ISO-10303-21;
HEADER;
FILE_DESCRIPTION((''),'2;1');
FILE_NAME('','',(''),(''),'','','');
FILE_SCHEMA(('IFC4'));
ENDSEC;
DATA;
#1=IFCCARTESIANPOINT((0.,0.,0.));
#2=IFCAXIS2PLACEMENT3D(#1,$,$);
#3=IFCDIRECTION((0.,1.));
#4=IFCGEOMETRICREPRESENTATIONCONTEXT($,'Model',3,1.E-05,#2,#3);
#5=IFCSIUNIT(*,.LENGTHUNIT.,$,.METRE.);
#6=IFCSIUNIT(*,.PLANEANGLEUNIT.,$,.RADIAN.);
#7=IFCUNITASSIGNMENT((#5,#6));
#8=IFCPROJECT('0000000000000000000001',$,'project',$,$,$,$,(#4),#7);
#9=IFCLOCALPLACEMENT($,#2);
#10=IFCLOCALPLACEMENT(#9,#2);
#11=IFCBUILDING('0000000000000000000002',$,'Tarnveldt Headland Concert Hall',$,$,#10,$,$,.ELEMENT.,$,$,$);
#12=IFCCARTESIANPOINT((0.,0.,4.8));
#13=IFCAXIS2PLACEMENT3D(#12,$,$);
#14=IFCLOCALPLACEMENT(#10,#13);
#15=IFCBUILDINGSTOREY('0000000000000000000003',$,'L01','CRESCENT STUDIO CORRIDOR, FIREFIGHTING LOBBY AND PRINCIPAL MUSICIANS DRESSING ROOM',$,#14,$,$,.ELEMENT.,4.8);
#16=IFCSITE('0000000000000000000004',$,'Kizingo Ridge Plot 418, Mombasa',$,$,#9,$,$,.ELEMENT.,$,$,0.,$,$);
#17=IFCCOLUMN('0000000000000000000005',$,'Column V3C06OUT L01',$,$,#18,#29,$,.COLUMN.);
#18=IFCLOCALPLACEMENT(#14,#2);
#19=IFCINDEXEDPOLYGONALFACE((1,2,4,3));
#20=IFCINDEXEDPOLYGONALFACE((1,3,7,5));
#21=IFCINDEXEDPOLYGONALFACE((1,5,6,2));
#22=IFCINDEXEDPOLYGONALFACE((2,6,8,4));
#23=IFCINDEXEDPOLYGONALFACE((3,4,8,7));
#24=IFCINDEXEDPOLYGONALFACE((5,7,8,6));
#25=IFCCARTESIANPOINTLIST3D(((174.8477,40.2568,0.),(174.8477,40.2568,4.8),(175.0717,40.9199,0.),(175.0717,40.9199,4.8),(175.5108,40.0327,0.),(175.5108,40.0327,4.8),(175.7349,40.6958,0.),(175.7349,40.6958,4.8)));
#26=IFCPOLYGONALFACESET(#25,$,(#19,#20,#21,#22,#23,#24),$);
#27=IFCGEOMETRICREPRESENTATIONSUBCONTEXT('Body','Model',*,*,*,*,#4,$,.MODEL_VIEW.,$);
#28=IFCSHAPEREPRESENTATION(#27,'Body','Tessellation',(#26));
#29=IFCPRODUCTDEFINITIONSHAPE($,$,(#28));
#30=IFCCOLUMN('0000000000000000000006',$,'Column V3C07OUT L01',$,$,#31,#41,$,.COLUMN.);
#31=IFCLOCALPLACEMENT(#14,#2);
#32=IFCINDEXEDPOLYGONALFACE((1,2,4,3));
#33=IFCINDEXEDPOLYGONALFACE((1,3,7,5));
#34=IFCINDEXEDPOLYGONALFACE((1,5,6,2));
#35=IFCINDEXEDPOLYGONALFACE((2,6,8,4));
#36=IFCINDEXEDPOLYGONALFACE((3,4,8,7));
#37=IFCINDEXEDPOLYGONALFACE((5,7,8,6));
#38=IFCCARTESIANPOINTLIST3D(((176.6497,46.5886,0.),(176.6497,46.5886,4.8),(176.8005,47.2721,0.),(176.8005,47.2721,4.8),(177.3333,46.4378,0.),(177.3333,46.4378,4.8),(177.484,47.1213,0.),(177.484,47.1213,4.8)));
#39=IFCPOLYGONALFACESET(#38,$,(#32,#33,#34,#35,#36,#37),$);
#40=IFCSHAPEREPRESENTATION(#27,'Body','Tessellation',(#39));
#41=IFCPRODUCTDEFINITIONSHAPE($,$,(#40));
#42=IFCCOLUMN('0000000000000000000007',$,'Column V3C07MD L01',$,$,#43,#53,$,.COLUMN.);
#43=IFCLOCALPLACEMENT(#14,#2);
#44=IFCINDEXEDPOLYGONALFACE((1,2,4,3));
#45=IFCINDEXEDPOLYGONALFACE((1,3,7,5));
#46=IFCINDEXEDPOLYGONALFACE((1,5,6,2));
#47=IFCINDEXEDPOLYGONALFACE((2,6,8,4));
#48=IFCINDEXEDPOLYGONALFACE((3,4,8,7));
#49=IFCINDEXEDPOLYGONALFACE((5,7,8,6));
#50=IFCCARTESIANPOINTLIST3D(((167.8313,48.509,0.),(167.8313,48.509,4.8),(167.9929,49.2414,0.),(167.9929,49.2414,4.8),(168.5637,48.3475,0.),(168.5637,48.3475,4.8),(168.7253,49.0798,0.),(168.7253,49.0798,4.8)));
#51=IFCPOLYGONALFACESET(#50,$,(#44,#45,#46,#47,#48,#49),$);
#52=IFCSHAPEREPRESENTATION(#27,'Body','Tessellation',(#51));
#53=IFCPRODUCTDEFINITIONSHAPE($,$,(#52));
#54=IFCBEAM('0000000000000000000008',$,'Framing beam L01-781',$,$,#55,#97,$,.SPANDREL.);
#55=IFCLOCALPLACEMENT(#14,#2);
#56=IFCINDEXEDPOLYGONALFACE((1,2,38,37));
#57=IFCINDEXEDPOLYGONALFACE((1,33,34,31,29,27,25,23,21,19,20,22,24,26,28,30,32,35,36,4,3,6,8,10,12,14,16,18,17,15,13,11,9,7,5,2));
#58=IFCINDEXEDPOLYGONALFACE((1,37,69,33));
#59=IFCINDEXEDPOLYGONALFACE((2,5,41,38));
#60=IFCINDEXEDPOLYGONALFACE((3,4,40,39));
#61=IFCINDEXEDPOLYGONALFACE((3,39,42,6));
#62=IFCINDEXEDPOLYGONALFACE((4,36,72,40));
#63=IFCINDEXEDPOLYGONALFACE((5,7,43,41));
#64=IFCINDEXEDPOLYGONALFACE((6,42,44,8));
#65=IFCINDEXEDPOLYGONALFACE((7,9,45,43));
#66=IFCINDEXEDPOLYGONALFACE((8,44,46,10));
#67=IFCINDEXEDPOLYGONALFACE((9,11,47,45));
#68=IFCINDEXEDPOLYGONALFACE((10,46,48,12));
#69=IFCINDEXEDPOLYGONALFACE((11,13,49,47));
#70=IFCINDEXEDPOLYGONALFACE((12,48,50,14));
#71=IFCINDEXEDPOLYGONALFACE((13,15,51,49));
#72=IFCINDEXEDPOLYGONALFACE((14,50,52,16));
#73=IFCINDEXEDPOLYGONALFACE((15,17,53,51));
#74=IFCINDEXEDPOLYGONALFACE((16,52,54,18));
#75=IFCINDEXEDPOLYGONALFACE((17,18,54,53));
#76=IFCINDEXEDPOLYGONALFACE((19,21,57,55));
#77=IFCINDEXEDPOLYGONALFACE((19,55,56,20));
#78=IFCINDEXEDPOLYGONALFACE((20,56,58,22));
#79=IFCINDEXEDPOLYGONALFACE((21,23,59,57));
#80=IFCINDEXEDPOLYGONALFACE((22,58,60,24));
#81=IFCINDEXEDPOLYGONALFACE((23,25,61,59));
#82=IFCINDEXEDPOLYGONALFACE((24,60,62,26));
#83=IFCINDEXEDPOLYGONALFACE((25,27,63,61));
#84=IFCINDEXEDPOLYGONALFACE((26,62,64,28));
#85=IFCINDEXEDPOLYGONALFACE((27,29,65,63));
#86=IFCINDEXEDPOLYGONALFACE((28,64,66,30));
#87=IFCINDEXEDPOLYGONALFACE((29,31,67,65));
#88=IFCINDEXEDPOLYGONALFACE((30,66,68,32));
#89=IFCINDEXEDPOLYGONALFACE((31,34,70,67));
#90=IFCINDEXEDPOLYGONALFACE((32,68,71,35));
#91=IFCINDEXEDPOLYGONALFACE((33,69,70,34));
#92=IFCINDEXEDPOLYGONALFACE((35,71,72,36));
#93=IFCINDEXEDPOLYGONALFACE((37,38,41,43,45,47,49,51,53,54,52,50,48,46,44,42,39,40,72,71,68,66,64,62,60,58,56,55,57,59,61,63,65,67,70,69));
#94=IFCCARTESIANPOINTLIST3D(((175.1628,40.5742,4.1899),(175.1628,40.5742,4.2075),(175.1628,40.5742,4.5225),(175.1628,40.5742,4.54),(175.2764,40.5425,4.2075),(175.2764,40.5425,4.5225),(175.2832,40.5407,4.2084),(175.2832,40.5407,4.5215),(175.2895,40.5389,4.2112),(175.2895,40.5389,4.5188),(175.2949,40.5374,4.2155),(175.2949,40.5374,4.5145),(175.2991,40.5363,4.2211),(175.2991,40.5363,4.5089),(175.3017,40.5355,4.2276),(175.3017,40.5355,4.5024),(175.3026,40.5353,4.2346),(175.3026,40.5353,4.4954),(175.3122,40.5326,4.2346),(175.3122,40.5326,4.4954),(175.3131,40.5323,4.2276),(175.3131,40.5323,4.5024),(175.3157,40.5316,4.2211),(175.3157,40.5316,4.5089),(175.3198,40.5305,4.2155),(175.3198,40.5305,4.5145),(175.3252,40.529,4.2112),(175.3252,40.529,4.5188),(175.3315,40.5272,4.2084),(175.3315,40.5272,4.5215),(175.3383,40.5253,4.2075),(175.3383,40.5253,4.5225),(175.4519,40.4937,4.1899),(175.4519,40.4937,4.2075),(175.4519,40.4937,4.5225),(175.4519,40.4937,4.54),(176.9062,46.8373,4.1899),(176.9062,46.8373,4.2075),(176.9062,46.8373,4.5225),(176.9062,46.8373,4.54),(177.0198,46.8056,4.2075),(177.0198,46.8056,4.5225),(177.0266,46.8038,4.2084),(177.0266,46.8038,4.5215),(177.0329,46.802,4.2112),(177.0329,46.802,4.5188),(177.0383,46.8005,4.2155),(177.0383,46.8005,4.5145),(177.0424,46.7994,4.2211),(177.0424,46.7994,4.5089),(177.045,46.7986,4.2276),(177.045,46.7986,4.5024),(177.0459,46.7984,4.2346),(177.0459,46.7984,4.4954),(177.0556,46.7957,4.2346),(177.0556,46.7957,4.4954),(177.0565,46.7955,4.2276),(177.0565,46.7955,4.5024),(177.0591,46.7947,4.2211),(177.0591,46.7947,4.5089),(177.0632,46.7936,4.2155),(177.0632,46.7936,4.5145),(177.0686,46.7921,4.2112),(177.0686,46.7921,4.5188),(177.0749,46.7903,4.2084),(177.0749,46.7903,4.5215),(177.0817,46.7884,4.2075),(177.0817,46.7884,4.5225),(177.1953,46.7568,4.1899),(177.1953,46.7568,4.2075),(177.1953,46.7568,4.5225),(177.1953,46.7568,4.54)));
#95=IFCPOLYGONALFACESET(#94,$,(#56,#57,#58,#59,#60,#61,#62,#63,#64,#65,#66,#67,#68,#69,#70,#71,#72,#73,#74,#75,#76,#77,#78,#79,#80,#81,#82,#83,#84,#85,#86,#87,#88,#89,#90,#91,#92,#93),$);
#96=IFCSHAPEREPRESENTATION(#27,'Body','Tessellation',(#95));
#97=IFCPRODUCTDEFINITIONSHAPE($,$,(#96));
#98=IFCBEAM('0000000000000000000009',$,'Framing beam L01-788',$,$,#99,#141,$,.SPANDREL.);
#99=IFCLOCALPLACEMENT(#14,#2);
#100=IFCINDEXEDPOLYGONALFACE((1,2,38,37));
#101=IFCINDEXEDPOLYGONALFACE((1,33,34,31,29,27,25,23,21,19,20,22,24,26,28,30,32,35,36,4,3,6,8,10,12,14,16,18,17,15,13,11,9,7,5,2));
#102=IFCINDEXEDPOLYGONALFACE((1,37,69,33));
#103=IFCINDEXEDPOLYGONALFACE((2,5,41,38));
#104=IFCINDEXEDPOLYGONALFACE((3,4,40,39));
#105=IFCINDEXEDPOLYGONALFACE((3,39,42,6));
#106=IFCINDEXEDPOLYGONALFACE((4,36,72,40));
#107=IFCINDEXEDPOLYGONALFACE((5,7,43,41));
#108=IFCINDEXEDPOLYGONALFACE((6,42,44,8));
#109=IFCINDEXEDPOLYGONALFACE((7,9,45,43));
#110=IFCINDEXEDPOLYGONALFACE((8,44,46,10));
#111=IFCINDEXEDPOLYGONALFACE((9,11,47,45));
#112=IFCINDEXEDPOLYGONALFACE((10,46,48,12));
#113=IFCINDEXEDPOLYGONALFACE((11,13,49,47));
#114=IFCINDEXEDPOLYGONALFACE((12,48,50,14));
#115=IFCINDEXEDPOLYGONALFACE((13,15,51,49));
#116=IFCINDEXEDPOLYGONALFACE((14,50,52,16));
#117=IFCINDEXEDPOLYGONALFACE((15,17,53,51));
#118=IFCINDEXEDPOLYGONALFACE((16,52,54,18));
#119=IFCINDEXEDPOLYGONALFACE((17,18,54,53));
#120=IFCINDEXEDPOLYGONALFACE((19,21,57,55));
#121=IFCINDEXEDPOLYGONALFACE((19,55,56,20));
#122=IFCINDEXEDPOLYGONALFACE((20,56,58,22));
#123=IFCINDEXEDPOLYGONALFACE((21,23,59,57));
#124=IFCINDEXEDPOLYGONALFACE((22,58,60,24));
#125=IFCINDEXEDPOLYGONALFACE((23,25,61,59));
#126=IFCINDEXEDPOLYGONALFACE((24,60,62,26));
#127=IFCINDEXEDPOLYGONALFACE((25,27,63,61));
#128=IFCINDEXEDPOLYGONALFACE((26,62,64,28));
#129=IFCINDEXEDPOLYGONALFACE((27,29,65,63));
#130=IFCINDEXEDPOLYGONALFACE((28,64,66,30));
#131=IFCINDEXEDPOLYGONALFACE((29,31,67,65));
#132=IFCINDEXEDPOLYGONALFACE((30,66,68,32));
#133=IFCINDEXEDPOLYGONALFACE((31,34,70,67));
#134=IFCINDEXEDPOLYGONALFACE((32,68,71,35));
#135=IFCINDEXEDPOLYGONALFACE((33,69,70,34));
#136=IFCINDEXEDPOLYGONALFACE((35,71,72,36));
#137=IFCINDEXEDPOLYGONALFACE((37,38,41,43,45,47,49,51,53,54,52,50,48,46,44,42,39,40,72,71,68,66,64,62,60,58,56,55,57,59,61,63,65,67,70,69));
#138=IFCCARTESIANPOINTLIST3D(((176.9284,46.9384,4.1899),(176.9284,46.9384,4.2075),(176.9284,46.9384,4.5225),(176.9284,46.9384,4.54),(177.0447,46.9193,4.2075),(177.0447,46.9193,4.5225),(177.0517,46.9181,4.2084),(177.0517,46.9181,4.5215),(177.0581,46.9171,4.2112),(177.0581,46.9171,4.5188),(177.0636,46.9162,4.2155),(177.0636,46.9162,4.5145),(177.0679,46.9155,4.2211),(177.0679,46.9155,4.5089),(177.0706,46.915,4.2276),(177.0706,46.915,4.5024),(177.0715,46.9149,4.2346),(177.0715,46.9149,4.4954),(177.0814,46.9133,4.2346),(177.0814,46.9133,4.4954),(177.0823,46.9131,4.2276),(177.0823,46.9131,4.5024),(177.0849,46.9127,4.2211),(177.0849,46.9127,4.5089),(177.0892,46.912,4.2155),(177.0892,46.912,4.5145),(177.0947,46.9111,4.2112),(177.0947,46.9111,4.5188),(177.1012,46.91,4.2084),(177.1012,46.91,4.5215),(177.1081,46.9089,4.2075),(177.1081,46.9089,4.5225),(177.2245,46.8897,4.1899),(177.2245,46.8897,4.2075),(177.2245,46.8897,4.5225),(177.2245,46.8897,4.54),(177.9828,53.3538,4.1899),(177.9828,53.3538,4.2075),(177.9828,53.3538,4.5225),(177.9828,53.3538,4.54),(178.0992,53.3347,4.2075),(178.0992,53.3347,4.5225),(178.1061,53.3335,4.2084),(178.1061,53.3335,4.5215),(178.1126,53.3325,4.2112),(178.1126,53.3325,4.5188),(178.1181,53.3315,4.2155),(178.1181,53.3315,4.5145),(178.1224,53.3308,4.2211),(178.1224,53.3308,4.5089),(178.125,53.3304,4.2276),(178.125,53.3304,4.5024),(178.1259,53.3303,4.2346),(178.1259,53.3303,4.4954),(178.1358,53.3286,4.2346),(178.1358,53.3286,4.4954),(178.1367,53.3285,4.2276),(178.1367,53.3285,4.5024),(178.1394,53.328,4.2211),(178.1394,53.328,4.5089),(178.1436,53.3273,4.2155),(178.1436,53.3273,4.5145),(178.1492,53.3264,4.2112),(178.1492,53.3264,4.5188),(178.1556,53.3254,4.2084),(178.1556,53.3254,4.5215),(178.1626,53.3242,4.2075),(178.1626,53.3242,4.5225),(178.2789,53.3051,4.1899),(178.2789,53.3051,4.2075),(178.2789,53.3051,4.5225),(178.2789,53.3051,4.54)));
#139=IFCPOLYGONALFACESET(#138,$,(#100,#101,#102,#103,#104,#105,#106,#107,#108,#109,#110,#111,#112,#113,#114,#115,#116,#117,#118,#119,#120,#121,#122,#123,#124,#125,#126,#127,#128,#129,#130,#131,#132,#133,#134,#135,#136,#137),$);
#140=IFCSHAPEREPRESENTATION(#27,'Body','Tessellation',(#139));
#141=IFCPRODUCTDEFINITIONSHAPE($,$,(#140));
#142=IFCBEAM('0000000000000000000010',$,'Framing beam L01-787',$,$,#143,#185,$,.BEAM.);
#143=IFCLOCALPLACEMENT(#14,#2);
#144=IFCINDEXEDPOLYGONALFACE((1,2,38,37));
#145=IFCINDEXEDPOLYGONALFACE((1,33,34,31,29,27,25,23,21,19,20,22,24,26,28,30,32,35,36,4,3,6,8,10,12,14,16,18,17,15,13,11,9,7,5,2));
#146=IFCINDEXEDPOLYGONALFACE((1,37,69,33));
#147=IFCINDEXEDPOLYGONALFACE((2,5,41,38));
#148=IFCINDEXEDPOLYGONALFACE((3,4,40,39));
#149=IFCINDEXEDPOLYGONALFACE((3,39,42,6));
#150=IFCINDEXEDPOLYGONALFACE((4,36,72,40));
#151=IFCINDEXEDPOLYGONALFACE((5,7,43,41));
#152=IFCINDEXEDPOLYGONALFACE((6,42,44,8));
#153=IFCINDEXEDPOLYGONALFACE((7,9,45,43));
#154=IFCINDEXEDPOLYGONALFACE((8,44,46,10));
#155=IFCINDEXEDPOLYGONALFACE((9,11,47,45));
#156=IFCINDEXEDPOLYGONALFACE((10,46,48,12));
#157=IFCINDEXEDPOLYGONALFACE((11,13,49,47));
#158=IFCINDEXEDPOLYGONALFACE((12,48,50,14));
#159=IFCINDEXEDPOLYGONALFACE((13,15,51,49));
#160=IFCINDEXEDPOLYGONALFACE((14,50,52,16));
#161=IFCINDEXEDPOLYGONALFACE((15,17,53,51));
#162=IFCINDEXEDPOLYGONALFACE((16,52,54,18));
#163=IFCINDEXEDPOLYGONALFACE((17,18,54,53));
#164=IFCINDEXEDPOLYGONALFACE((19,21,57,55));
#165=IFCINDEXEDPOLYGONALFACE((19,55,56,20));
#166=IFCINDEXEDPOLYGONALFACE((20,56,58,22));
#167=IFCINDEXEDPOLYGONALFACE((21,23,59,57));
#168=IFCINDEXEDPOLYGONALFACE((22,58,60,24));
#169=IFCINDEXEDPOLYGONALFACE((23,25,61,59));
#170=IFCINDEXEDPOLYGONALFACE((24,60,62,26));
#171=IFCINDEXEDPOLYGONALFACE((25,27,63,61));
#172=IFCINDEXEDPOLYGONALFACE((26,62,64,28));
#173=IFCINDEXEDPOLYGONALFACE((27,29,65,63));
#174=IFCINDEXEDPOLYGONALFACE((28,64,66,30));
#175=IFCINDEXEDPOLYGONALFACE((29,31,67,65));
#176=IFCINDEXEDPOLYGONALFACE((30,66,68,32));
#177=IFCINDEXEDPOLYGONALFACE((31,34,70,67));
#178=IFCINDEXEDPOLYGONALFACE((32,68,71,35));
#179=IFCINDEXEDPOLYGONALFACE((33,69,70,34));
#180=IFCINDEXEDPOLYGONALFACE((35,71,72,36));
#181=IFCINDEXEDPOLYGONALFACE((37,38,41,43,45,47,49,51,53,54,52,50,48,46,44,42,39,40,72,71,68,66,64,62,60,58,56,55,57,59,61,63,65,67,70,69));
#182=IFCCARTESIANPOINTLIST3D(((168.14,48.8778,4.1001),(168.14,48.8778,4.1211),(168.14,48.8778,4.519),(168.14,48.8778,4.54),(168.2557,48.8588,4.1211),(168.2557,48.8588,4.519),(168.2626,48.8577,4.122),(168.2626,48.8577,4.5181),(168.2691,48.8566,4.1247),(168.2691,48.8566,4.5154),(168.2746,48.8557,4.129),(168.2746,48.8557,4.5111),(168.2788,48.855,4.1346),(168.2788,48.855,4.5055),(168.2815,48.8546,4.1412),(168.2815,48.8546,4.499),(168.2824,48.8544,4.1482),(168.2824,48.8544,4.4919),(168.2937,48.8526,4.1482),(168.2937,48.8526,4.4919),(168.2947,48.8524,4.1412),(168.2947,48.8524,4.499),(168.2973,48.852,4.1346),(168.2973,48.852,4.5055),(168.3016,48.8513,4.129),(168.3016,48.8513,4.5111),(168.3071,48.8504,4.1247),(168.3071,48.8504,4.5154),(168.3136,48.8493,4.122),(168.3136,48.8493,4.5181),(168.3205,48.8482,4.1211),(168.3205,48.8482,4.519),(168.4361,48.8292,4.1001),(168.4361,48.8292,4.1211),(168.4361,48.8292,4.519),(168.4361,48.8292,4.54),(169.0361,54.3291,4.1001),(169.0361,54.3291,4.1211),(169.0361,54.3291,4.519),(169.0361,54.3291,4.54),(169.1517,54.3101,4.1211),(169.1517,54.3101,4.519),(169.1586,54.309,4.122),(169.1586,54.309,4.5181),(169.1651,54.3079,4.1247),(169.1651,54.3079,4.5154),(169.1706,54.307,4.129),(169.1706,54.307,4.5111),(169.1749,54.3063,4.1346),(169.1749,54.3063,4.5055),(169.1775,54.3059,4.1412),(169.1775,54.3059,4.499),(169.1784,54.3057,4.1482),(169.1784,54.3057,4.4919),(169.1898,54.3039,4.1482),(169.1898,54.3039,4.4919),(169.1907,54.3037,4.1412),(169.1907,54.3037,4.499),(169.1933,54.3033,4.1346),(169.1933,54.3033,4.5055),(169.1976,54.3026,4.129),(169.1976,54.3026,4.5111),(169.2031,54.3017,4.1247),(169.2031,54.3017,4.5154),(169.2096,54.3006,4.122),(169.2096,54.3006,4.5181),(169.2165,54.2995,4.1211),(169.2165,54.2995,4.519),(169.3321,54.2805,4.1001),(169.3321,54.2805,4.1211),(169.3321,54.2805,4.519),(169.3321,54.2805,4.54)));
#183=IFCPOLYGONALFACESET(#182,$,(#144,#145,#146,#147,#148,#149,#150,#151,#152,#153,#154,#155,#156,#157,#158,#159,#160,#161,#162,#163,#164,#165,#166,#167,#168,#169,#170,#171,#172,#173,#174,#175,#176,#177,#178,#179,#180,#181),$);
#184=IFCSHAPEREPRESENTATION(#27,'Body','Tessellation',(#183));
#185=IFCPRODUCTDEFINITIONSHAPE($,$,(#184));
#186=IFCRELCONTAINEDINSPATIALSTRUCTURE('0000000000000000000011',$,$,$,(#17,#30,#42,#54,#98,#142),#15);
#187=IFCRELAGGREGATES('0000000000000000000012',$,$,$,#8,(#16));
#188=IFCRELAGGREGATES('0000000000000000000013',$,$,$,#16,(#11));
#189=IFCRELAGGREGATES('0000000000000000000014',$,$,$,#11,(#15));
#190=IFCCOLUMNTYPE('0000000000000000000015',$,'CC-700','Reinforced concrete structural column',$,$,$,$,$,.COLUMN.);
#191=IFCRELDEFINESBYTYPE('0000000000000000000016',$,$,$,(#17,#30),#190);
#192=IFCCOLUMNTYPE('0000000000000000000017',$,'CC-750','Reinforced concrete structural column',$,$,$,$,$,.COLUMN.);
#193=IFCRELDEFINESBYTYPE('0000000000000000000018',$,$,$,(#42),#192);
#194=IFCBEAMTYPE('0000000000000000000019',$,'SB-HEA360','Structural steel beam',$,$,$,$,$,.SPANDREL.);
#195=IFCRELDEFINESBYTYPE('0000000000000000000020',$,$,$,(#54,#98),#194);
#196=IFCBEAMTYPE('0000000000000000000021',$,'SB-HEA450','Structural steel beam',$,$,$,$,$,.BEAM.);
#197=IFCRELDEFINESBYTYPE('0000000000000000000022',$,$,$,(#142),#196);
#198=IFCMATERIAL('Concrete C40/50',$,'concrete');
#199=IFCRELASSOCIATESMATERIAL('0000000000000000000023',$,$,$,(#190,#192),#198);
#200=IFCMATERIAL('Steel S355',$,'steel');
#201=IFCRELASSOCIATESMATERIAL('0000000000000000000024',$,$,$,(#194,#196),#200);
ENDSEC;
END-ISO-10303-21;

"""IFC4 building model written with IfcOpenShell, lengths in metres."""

from ifc_helpers import new_model, si_unit, direction, frame, origin, origin_2d, place, context, subcontext, project, spatial, rectangle, i_section, extrude, material, material_profile, profile_set, type_object, element, save


model = new_model("IFC4")

# Units and contexts
model_context = context("Model", 3, precision=1e-05, world=origin(), true_north=direction((0.0, 1.0)))
body_context = subcontext(model_context, "Body", "Model", "MODEL_VIEW")
ifc_project = project(units=[si_unit("LENGTHUNIT", "METRE"), si_unit("PLANEANGLEUNIT", "RADIAN")], contexts=[model_context])

# Site, building, storey
site_placement = place(None, origin())
site = spatial("IfcSite", under=ifc_project, at=site_placement, Name="Kizingo Ridge Plot 418, Mombasa", CompositionType="ELEMENT", RefElevation=0.0)
building_placement = place(site_placement, origin())
building = spatial("IfcBuilding", under=site, at=building_placement, Name="Tarnveldt Headland Concert Hall", CompositionType="ELEMENT")
storey_placement = place(building_placement, frame((0.0, 0.0, 4.8)))
storey = spatial("IfcBuildingStorey", under=building, at=storey_placement, Name="L01", Description="CRESCENT STUDIO CORRIDOR, FIREFIGHTING LOBBY AND PRINCIPAL MUSICIANS DRESSING ROOM", CompositionType="ELEMENT", Elevation=4.8)

# Columns
ifc_material_1 = material(Name="Concrete C40/50", Category="concrete")
ifc_material_profile_1 = material_profile(ifc_material_1, rectangle(XDim=0.7, YDim=0.7, at=origin_2d()), Name="RC 700x700", Category="concrete")
ifc_profile_set_1 = profile_set([ifc_material_profile_1], Name="Concrete C40/50")
column_type_1 = type_object("IfcColumnType", Name="CC-700", Description="Reinforced concrete structural column", PredefinedType="COLUMN", material=ifc_profile_set_1)
for number, where, z_axis, x_axis, name in (
    (1, (175.2913, 40.4763, 0.0), (0.0, 0.0, 1.0), (0.947378, -0.320117, 0.0), "Column V3C06OUT L01"),
    (2, (177.0669, 46.855, 0.0), (0.0, 0.0, 1.0), (0.976522, -0.215417, 0.0), "Column V3C07OUT L01"),
):
    element("IfcColumn", number, at=place(storey_placement, frame(where, z_axis=z_axis, x_axis=x_axis)), inside=storey, type_object=column_type_1, Name=name, PredefinedType="COLUMN", context=body_context, shape_type="SweptSolid", body=[
        extrude(rectangle(XDim=0.7, YDim=0.7, at=origin_2d()), origin(), (0.0, 0.0, 1.0), 4.8),
    ])
ifc_material_profile_2 = material_profile(ifc_material_1, rectangle(XDim=0.75, YDim=0.75, at=origin_2d()), Name="RC 750x750", Category="concrete")
ifc_profile_set_2 = profile_set([ifc_material_profile_2], Name="Concrete C40/50")
column_type_2 = type_object("IfcColumnType", Name="CC-750", Description="Reinforced concrete structural column", PredefinedType="COLUMN", material=ifc_profile_set_2)
column_placement = place(storey_placement, frame((168.2783, 48.7944, 0.0), z_axis=(0.0, 0.0, 1.0), x_axis=(0.976522, -0.215417, 0.0)))
element("IfcColumn", 3, at=column_placement, inside=storey, type_object=column_type_2, Name="Column V3C07MD L01", PredefinedType="COLUMN", context=body_context, shape_type="SweptSolid", body=[
    extrude(rectangle(XDim=0.75, YDim=0.75, at=origin_2d()), origin(), (0.0, 0.0, 1.0), 4.8),
])

# Beams
ifc_material_2 = material(Name="Steel S355", Category="steel")
ifc_material_profile_3 = material_profile(ifc_material_2, i_section(OverallWidth=0.3, OverallDepth=0.3501, WebThickness=0.01, FlangeThickness=0.0176, FilletRadius=0.0271, at=origin_2d()), Name="HEA360", Category="steel")
ifc_profile_set_3 = profile_set([ifc_material_profile_3], Name="Steel S355")
beam_type_1 = type_object("IfcBeamType", Name="SB-HEA360", Description="Structural steel beam", PredefinedType="SPANDREL", material=ifc_profile_set_3)
beam_1_placement = place(storey_placement, frame((175.3074, 40.5339, 4.365), z_axis=(0.268163, 0.963374, 0.0), x_axis=(-0.963374, 0.268163, 0.0)))
element("IfcBeam", 4, at=beam_1_placement, inside=storey, type_object=beam_type_1, Name="Framing beam L01-781", PredefinedType="SPANDREL", context=body_context, shape_type="SweptSolid", body=[
    extrude(i_section(OverallWidth=0.3, OverallDepth=0.3501, WebThickness=0.01, FlangeThickness=0.0176, FilletRadius=0.0271, at=origin_2d()), origin(), (0.0, 0.0, 1.0), 6.5012),
])
beam_2_placement = place(storey_placement, frame((177.0764, 46.9141, 4.365), z_axis=(0.162188, 0.98676, 0.0), x_axis=(-0.98676, 0.162188, 0.0)))
element("IfcBeam", 5, at=beam_2_placement, inside=storey, type_object=beam_type_1, Name="Framing beam L01-788", PredefinedType="SPANDREL", context=body_context, shape_type="SweptSolid", body=[
    extrude(i_section(OverallWidth=0.3, OverallDepth=0.3501, WebThickness=0.01, FlangeThickness=0.0176, FilletRadius=0.0271, at=origin_2d()), origin(), (0.0, 0.0, 1.0), 6.5015),
])
ifc_material_profile_4 = material_profile(ifc_material_2, i_section(OverallWidth=0.3, OverallDepth=0.4399, WebThickness=0.0115, FlangeThickness=0.021, FilletRadius=0.0271, at=origin_2d()), Name="HEA450", Category="steel")
ifc_profile_set_4 = profile_set([ifc_material_profile_4], Name="Steel S355")
beam_type_2 = type_object("IfcBeamType", Name="SB-HEA450", Description="Structural steel beam", PredefinedType="BEAM", material=ifc_profile_set_4)
beam_3_placement = place(storey_placement, frame((168.2881, 48.8535, 4.3201), z_axis=(0.162191, 0.986759, 0.0), x_axis=(-0.986759, 0.162191, 0.0)))
element("IfcBeam", 6, at=beam_3_placement, inside=storey, type_object=beam_type_2, Name="Framing beam L01-787", PredefinedType="BEAM", context=body_context, shape_type="SweptSolid", body=[
    extrude(i_section(OverallWidth=0.3, OverallDepth=0.4399, WebThickness=0.0115, FlangeThickness=0.021, FilletRadius=0.0271, at=origin_2d()), origin(), (0.0, 0.0, 1.0), 5.5244),
])

save(model, "model.ifc")
